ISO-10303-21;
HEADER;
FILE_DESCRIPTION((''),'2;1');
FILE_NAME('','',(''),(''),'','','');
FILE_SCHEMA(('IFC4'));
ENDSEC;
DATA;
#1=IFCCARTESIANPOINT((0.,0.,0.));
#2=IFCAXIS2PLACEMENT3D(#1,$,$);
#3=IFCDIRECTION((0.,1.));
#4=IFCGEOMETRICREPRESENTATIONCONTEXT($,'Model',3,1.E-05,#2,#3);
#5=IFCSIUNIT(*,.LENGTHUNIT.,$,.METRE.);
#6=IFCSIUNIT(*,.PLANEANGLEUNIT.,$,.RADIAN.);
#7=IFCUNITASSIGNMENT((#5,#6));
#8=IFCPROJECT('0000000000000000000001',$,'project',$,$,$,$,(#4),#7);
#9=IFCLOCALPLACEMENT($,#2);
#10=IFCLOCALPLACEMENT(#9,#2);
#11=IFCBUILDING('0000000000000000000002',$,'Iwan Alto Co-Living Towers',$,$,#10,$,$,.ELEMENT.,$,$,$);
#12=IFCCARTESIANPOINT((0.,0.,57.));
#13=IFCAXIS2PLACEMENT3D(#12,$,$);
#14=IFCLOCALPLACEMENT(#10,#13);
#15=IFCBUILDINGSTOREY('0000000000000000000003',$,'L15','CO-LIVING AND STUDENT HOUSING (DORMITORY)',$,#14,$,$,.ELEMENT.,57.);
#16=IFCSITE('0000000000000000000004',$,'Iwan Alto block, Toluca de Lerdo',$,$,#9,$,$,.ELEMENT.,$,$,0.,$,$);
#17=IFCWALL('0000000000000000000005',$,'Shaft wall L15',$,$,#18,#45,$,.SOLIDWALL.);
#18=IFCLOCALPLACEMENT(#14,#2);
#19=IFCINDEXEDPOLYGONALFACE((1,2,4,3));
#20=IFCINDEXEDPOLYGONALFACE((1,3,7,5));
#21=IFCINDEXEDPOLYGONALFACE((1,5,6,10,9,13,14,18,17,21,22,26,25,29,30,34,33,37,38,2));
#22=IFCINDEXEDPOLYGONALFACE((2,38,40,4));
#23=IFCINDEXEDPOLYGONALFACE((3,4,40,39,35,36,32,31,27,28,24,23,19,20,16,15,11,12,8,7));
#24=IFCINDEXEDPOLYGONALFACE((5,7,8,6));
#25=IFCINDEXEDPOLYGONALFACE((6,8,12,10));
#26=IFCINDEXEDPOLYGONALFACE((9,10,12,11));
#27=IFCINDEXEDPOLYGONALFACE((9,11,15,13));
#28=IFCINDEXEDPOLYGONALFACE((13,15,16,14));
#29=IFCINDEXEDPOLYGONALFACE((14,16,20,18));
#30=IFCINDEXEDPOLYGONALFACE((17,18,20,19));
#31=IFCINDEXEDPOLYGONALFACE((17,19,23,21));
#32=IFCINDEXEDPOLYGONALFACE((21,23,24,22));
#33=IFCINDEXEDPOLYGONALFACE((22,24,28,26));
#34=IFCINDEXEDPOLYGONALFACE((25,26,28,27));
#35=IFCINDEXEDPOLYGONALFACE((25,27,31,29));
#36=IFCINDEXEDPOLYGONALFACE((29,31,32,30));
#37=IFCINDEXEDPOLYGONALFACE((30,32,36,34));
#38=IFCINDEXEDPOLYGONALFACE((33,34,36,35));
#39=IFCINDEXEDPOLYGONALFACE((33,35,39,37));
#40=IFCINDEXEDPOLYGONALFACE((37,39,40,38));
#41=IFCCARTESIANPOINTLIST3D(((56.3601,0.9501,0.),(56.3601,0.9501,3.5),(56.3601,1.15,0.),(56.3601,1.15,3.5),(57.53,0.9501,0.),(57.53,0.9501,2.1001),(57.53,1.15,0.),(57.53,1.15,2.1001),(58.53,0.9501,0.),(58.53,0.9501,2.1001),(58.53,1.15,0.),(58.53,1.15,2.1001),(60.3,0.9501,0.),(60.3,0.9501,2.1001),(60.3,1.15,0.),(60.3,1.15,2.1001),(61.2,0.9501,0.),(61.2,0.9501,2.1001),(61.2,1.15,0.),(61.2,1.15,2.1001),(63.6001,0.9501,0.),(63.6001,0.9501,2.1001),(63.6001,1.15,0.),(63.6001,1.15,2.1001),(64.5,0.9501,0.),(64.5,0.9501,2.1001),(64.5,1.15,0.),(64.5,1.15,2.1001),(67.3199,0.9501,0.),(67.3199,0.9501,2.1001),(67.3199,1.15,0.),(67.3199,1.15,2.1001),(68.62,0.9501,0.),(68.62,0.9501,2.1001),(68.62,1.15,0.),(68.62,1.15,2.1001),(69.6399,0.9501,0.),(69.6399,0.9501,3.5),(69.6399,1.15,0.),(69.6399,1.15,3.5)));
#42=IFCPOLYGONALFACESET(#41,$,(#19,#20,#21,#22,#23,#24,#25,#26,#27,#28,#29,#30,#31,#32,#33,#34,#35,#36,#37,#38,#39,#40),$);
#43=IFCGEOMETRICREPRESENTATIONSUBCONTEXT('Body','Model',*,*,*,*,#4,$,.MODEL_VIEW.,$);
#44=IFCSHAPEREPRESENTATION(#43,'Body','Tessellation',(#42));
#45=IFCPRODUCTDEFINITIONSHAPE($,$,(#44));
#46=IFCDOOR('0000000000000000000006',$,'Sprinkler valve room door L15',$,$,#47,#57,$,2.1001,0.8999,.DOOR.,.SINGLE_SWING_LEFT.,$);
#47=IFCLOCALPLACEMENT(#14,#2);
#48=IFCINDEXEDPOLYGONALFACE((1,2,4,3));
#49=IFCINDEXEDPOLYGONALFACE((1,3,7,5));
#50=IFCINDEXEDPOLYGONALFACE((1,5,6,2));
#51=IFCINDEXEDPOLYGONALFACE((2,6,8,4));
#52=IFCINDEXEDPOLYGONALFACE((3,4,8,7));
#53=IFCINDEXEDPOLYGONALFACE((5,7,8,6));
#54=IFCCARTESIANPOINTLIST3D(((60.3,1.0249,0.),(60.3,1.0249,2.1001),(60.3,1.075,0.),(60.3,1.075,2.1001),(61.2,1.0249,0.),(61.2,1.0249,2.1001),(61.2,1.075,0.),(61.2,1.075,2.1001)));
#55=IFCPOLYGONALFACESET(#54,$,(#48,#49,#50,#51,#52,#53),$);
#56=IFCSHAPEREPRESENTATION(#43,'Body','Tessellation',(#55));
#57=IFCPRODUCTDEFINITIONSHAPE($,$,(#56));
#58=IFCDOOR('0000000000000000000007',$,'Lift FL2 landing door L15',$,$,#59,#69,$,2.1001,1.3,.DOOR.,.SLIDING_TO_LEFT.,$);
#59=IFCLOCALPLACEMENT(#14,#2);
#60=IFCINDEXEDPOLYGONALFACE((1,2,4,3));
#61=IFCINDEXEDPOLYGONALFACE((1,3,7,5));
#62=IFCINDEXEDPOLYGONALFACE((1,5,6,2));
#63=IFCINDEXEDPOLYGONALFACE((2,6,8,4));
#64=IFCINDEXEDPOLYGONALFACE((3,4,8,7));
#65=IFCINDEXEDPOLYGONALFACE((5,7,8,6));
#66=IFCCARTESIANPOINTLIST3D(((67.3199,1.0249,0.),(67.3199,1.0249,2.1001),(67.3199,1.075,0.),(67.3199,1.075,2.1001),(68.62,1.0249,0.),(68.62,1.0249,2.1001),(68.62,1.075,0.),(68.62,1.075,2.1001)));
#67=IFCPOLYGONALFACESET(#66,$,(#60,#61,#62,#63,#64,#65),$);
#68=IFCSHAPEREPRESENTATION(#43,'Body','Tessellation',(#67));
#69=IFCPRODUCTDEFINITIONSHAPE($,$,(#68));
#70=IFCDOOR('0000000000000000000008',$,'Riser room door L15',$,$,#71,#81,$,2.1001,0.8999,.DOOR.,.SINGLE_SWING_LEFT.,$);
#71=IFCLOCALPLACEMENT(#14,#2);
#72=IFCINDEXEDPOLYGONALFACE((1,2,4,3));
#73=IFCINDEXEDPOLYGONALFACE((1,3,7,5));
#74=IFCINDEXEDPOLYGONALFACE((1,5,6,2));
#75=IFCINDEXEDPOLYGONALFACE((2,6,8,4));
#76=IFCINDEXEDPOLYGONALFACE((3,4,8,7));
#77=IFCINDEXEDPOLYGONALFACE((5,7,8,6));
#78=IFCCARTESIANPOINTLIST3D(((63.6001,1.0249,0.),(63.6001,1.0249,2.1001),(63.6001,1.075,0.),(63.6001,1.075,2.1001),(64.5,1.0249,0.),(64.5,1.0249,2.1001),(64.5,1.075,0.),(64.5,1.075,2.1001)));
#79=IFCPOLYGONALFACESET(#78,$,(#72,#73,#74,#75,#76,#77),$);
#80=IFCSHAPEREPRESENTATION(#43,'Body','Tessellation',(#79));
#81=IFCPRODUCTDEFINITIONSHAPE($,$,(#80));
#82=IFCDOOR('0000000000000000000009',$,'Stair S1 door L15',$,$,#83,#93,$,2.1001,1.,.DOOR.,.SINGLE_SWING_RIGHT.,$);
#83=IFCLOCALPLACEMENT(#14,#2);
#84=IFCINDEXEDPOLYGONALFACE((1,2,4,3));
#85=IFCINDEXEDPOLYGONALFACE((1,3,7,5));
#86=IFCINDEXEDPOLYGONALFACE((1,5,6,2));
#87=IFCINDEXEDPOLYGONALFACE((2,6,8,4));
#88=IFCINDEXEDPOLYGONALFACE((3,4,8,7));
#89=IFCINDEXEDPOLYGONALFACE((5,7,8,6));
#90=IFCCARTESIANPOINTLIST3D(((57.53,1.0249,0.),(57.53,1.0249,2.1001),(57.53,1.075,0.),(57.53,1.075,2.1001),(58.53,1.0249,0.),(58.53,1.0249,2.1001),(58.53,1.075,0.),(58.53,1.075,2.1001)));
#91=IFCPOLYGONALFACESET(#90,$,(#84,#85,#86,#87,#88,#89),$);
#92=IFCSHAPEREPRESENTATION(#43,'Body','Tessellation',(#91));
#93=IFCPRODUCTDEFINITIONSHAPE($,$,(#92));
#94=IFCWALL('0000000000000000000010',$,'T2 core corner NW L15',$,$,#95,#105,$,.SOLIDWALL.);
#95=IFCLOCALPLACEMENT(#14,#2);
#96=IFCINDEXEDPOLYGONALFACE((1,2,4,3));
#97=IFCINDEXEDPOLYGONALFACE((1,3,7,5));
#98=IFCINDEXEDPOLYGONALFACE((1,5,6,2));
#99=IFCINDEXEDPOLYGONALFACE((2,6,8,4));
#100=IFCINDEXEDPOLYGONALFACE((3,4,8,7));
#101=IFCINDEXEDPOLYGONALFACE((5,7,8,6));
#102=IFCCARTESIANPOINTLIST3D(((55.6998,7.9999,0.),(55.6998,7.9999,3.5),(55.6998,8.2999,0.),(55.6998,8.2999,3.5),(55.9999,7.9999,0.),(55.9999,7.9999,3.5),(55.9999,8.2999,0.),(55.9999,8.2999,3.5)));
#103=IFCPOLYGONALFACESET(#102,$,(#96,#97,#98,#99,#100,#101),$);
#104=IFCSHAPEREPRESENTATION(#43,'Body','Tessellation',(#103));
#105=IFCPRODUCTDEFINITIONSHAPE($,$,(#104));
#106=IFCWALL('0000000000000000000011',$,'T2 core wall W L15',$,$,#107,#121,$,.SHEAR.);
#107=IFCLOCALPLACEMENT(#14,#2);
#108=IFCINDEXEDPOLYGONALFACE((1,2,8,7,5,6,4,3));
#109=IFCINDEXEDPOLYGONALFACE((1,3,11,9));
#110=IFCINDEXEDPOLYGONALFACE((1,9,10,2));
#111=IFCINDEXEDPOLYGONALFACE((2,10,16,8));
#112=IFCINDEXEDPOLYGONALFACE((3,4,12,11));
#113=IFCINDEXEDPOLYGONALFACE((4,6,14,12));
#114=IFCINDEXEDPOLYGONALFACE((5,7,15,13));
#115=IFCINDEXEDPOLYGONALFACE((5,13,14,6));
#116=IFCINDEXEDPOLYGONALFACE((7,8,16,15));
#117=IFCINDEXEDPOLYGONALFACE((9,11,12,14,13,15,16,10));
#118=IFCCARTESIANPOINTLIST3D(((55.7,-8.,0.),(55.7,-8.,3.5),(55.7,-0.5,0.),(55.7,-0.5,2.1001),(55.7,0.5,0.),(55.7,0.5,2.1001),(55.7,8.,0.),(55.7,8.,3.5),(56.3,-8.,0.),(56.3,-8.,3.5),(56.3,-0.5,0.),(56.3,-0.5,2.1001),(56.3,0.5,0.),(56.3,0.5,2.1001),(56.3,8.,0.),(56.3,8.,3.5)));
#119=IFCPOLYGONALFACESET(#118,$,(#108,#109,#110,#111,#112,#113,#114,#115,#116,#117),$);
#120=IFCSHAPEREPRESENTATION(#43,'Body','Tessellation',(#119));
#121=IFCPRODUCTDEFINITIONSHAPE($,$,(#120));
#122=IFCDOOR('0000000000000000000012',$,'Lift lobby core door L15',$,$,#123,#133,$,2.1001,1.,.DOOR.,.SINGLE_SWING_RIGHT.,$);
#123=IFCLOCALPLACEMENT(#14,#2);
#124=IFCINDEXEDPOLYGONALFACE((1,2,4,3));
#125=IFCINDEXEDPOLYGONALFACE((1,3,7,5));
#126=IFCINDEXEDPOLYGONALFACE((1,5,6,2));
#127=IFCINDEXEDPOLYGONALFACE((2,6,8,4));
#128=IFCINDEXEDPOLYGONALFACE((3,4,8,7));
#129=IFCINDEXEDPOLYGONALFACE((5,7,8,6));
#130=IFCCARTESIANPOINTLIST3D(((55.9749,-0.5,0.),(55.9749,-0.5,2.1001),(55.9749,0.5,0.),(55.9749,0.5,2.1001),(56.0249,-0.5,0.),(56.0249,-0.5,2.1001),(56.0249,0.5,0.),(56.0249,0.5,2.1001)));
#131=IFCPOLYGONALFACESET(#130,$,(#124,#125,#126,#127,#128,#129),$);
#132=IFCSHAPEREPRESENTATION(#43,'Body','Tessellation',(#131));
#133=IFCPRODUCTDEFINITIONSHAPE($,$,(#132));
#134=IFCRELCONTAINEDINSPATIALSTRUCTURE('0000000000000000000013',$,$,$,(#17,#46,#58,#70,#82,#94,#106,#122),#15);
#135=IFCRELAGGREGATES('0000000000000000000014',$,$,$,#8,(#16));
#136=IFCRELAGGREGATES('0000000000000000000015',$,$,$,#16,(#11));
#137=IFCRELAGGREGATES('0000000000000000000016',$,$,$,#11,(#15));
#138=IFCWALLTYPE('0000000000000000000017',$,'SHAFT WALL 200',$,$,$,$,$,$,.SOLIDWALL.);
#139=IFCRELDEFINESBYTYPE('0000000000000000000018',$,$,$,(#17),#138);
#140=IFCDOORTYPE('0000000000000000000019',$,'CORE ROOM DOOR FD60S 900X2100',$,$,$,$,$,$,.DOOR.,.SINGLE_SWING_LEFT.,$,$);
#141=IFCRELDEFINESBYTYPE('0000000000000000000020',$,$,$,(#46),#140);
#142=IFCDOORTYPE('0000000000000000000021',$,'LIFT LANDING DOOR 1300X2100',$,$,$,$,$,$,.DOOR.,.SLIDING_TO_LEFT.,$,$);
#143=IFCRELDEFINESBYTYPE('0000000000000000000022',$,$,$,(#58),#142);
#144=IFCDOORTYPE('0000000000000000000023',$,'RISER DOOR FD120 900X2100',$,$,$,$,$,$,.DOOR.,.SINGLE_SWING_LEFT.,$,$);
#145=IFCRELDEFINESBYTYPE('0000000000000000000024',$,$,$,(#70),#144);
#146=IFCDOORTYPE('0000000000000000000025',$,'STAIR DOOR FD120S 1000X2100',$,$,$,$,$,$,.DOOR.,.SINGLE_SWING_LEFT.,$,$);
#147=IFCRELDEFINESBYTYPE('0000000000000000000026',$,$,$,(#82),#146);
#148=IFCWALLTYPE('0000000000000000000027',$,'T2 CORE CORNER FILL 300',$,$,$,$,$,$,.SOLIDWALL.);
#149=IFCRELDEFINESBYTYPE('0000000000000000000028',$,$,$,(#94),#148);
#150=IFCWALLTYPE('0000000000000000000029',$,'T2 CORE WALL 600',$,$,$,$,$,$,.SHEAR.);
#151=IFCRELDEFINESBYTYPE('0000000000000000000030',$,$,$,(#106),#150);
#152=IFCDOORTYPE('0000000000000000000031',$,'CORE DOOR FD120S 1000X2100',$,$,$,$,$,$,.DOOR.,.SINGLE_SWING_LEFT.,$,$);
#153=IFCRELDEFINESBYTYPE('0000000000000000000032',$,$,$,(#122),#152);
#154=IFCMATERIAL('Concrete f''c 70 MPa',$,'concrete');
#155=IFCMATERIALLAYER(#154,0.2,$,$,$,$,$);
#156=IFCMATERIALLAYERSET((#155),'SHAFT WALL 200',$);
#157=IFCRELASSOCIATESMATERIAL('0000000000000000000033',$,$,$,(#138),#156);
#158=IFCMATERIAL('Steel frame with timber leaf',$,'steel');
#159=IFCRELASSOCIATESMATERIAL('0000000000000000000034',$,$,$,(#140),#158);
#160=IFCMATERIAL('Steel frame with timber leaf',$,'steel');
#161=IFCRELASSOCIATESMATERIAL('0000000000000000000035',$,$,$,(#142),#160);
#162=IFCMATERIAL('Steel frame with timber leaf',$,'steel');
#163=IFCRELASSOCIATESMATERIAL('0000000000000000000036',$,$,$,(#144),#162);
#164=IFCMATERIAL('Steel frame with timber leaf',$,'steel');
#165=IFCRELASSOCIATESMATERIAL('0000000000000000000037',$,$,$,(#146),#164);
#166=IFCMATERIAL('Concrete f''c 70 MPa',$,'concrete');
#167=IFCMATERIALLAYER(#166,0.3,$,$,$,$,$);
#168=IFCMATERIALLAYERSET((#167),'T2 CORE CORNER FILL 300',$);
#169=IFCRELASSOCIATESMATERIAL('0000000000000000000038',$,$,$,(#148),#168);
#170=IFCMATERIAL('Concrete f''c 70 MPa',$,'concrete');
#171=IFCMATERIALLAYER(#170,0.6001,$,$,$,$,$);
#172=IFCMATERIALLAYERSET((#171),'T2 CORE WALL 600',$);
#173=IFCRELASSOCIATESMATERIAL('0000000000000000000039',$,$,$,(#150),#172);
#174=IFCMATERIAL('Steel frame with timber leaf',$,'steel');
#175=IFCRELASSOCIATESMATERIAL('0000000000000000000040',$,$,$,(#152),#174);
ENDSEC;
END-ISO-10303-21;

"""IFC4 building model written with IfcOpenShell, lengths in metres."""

from ifc_helpers import new_model, si_unit, direction, frame, frame_2d, origin, place, context, subcontext, project, spatial, rectangle, extrude, material, layer, layer_set, type_object, element, fill, save


model = new_model("IFC4")

# Units and contexts
model_context = context("Model", 3, precision=1e-05, world=origin(), true_north=direction((0.0, 1.0)))
body_context = subcontext(model_context, "Body", "Model", "MODEL_VIEW")
ifc_project = project(units=[si_unit("LENGTHUNIT", "METRE"), si_unit("PLANEANGLEUNIT", "RADIAN")], contexts=[model_context])

# Site, building, storey
site_placement = place(None, origin())
site = spatial("IfcSite", under=ifc_project, at=site_placement, Name="Iwan Alto block, Toluca de Lerdo", CompositionType="ELEMENT", RefElevation=0.0)
building_placement = place(site_placement, origin())
building = spatial("IfcBuilding", under=site, at=building_placement, Name="Iwan Alto Co-Living Towers", CompositionType="ELEMENT")
storey_placement = place(building_placement, frame((0.0, 0.0, 57.0)))
storey = spatial("IfcBuildingStorey", under=building, at=storey_placement, Name="L15", Description="CO-LIVING AND STUDENT HOUSING (DORMITORY)", CompositionType="ELEMENT", Elevation=57.0)

# Wall, openings, doors
ifc_material_1 = material(Name="Concrete f'c 70 MPa", Category="concrete")
ifc_layer_1 = layer(ifc_material_1, 0.2)
ifc_layer_set_1 = layer_set([ifc_layer_1], Name="SHAFT WALL 200")
wall_type_1 = type_object("IfcWallType", Name="SHAFT WALL 200", PredefinedType="SOLIDWALL", material=ifc_layer_set_1)
wall_1_placement = place(storey_placement, frame((56.3601, 1.05, 0.0), z_axis=(0.0, 0.0, 1.0), x_axis=(1.0, 0.0, 0.0)))
wall_1 = element("IfcWall", 1, at=wall_1_placement, inside=storey, type_object=wall_type_1, Name="Shaft wall L15", PredefinedType="SOLIDWALL", context=body_context, shape_type="SweptSolid", body=[
    extrude(rectangle(XDim=13.2798, YDim=0.2, at=frame_2d((6.6399, 0.0))), origin(), (0.0, 0.0, 1.0), 3.5),
])
opening_1_placement = place(wall_1_placement, frame((1.1699, 0.0, 0.0)))
opening_1 = element("IfcOpeningElement", 2, at=opening_1_placement, cuts=wall_1, PredefinedType="OPENING", context=body_context, shape_type="SweptSolid", body=[
    extrude(rectangle(XDim=1.0, YDim=2.1001, at=frame_2d((0.5, 1.05))), frame((0.0, 0.1099, 0.0), z_axis=(0.0, -1.0, 0.0), x_axis=(1.0, 0.0, 0.0)), (0.0, 0.0, 1.0), 0.22),
])
opening_2_placement = place(wall_1_placement, frame((7.24, 0.0, 0.0)))
opening_2 = element("IfcOpeningElement", 3, at=opening_2_placement, cuts=wall_1, PredefinedType="OPENING", context=body_context, shape_type="SweptSolid", body=[
    extrude(rectangle(XDim=0.8999, YDim=2.1001, at=frame_2d((0.45, 1.05))), frame((0.0, 0.1099, 0.0), z_axis=(0.0, -1.0, 0.0), x_axis=(1.0, 0.0, 0.0)), (0.0, 0.0, 1.0), 0.22),
])
opening_3_placement = place(wall_1_placement, frame((3.9399, 0.0, 0.0)))
opening_3 = element("IfcOpeningElement", 4, at=opening_3_placement, cuts=wall_1, PredefinedType="OPENING", context=body_context, shape_type="SweptSolid", body=[
    extrude(rectangle(XDim=0.8999, YDim=2.1001, at=frame_2d((0.45, 1.05))), frame((0.0, 0.1099, 0.0), z_axis=(0.0, -1.0, 0.0), x_axis=(1.0, 0.0, 0.0)), (0.0, 0.0, 1.0), 0.22),
])
opening_4_placement = place(wall_1_placement, frame((10.96, 0.0, 0.0)))
opening_4 = element("IfcOpeningElement", 5, at=opening_4_placement, cuts=wall_1, PredefinedType="OPENING", context=body_context, shape_type="SweptSolid", body=[
    extrude(rectangle(XDim=1.3, YDim=2.1001, at=frame_2d((0.6499, 1.05))), frame((0.0, 0.1099, 0.0), z_axis=(0.0, -1.0, 0.0), x_axis=(1.0, 0.0, 0.0)), (0.0, 0.0, 1.0), 0.22),
])
ifc_material_2 = material(Name="Steel frame with timber leaf", Category="steel")
door_type_1 = type_object("IfcDoorType", Name="CORE ROOM DOOR FD60S 900X2100", OperationType="SINGLE_SWING_LEFT", PredefinedType="DOOR", material=ifc_material_2)
door_1_placement = place(opening_3_placement, origin())
door_1 = element("IfcDoor", 6, at=door_1_placement, inside=storey, type_object=door_type_1, Name="Sprinkler valve room door L15", OperationType="SINGLE_SWING_LEFT", OverallHeight=2.1001, OverallWidth=0.8999, PredefinedType="DOOR", context=body_context, shape_type="SweptSolid", body=[
    extrude(rectangle(XDim=0.8999, YDim=2.1001, at=frame_2d((0.45, 1.05))), frame((0.0, 0.0249, 0.0), z_axis=(0.0, -1.0, 0.0), x_axis=(1.0, 0.0, 0.0)), (0.0, 0.0, 1.0), 0.05),
])
fill(opening_3, door_1)
ifc_material_3 = material(Name="Steel frame with timber leaf", Category="steel")
door_type_2 = type_object("IfcDoorType", Name="LIFT LANDING DOOR 1300X2100", OperationType="SLIDING_TO_LEFT", PredefinedType="DOOR", material=ifc_material_3)
door_2_placement = place(opening_4_placement, origin())
door_2 = element("IfcDoor", 7, at=door_2_placement, inside=storey, type_object=door_type_2, Name="Lift FL2 landing door L15", OperationType="SLIDING_TO_LEFT", OverallHeight=2.1001, OverallWidth=1.3, PredefinedType="DOOR", context=body_context, shape_type="SweptSolid", body=[
    extrude(rectangle(XDim=1.3, YDim=2.1001, at=frame_2d((0.6499, 1.05))), frame((0.0, 0.0249, 0.0), z_axis=(0.0, -1.0, 0.0), x_axis=(1.0, 0.0, 0.0)), (0.0, 0.0, 1.0), 0.05),
])
fill(opening_4, door_2)
ifc_material_4 = material(Name="Steel frame with timber leaf", Category="steel")
door_type_3 = type_object("IfcDoorType", Name="RISER DOOR FD120 900X2100", OperationType="SINGLE_SWING_LEFT", PredefinedType="DOOR", material=ifc_material_4)
door_3_placement = place(opening_2_placement, origin())
door_3 = element("IfcDoor", 8, at=door_3_placement, inside=storey, type_object=door_type_3, Name="Riser room door L15", OperationType="SINGLE_SWING_LEFT", OverallHeight=2.1001, OverallWidth=0.8999, PredefinedType="DOOR", context=body_context, shape_type="SweptSolid", body=[
    extrude(rectangle(XDim=0.8999, YDim=2.1001, at=frame_2d((0.45, 1.05))), frame((0.0, 0.0249, 0.0), z_axis=(0.0, -1.0, 0.0), x_axis=(1.0, 0.0, 0.0)), (0.0, 0.0, 1.0), 0.05),
])
fill(opening_2, door_3)
ifc_material_5 = material(Name="Steel frame with timber leaf", Category="steel")
door_type_4 = type_object("IfcDoorType", Name="STAIR DOOR FD120S 1000X2100", OperationType="SINGLE_SWING_LEFT", PredefinedType="DOOR", material=ifc_material_5)
door_4_placement = place(opening_1_placement, origin())
door_4 = element("IfcDoor", 9, at=door_4_placement, inside=storey, type_object=door_type_4, Name="Stair S1 door L15", OperationType="SINGLE_SWING_RIGHT", OverallHeight=2.1001, OverallWidth=1.0, PredefinedType="DOOR", context=body_context, shape_type="SweptSolid", body=[
    extrude(rectangle(XDim=1.0, YDim=2.1001, at=frame_2d((0.5, 1.05))), frame((0.0, 0.0249, 0.0), z_axis=(0.0, -1.0, 0.0), x_axis=(1.0, 0.0, 0.0)), (0.0, 0.0, 1.0), 0.05),
])
fill(opening_1, door_4)

# Wall
ifc_material_6 = material(Name="Concrete f'c 70 MPa", Category="concrete")
ifc_layer_2 = layer(ifc_material_6, 0.3)
ifc_layer_set_2 = layer_set([ifc_layer_2], Name="T2 CORE CORNER FILL 300")
wall_type_2 = type_object("IfcWallType", Name="T2 CORE CORNER FILL 300", PredefinedType="SOLIDWALL", material=ifc_layer_set_2)
wall_2_placement = place(storey_placement, frame((55.7, 8.1499, 0.0), z_axis=(0.0, 0.0, 1.0), x_axis=(1.0, 0.0, 0.0)))
element("IfcWall", 10, at=wall_2_placement, inside=storey, type_object=wall_type_2, Name="T2 core corner NW L15", PredefinedType="SOLIDWALL", context=body_context, shape_type="SweptSolid", body=[
    extrude(rectangle(XDim=0.3, YDim=0.3, at=frame_2d((0.1499, 0.0))), origin(), (0.0, 0.0, 1.0), 3.5),
])

# Wall, opening, door
ifc_material_7 = material(Name="Concrete f'c 70 MPa", Category="concrete")
ifc_layer_3 = layer(ifc_material_7, 0.6001)
ifc_layer_set_3 = layer_set([ifc_layer_3], Name="T2 CORE WALL 600")
wall_type_3 = type_object("IfcWallType", Name="T2 CORE WALL 600", PredefinedType="SHEAR", material=ifc_layer_set_3)
wall_3_placement = place(storey_placement, frame((56.0, 8.0, 0.0), z_axis=(0.0, 0.0, 1.0), x_axis=(0.0, -1.0, 0.0)))
wall_3 = element("IfcWall", 11, at=wall_3_placement, inside=storey, type_object=wall_type_3, Name="T2 core wall W L15", PredefinedType="SHEAR", context=body_context, shape_type="SweptSolid", body=[
    extrude(rectangle(XDim=16.0, YDim=0.6001, at=frame_2d((8.0, 0.0))), origin(), (0.0, 0.0, 1.0), 3.5),
])
opening_5_placement = place(wall_3_placement, frame((7.5, 0.0, 0.0)))
opening_5 = element("IfcOpeningElement", 12, at=opening_5_placement, cuts=wall_3, PredefinedType="OPENING", context=body_context, shape_type="SweptSolid", body=[
    extrude(rectangle(XDim=1.0, YDim=2.1001, at=frame_2d((0.5, 1.05))), frame((0.0, 0.3101, 0.0), z_axis=(0.0, -1.0, 0.0), x_axis=(1.0, 0.0, 0.0)), (0.0, 0.0, 1.0), 0.6201),
])
ifc_material_8 = material(Name="Steel frame with timber leaf", Category="steel")
door_type_5 = type_object("IfcDoorType", Name="CORE DOOR FD120S 1000X2100", OperationType="SINGLE_SWING_LEFT", PredefinedType="DOOR", material=ifc_material_8)
door_5_placement = place(opening_5_placement, origin())
door_5 = element("IfcDoor", 13, at=door_5_placement, inside=storey, type_object=door_type_5, Name="Lift lobby core door L15", OperationType="SINGLE_SWING_RIGHT", OverallHeight=2.1001, OverallWidth=1.0, PredefinedType="DOOR", context=body_context, shape_type="SweptSolid", body=[
    extrude(rectangle(XDim=1.0, YDim=2.1001, at=frame_2d((0.5, 1.05))), frame((0.0, 0.0249, 0.0), z_axis=(0.0, -1.0, 0.0), x_axis=(1.0, 0.0, 0.0)), (0.0, 0.0, 1.0), 0.05),
])
fill(opening_5, door_5)

save(model, "model.ifc")
